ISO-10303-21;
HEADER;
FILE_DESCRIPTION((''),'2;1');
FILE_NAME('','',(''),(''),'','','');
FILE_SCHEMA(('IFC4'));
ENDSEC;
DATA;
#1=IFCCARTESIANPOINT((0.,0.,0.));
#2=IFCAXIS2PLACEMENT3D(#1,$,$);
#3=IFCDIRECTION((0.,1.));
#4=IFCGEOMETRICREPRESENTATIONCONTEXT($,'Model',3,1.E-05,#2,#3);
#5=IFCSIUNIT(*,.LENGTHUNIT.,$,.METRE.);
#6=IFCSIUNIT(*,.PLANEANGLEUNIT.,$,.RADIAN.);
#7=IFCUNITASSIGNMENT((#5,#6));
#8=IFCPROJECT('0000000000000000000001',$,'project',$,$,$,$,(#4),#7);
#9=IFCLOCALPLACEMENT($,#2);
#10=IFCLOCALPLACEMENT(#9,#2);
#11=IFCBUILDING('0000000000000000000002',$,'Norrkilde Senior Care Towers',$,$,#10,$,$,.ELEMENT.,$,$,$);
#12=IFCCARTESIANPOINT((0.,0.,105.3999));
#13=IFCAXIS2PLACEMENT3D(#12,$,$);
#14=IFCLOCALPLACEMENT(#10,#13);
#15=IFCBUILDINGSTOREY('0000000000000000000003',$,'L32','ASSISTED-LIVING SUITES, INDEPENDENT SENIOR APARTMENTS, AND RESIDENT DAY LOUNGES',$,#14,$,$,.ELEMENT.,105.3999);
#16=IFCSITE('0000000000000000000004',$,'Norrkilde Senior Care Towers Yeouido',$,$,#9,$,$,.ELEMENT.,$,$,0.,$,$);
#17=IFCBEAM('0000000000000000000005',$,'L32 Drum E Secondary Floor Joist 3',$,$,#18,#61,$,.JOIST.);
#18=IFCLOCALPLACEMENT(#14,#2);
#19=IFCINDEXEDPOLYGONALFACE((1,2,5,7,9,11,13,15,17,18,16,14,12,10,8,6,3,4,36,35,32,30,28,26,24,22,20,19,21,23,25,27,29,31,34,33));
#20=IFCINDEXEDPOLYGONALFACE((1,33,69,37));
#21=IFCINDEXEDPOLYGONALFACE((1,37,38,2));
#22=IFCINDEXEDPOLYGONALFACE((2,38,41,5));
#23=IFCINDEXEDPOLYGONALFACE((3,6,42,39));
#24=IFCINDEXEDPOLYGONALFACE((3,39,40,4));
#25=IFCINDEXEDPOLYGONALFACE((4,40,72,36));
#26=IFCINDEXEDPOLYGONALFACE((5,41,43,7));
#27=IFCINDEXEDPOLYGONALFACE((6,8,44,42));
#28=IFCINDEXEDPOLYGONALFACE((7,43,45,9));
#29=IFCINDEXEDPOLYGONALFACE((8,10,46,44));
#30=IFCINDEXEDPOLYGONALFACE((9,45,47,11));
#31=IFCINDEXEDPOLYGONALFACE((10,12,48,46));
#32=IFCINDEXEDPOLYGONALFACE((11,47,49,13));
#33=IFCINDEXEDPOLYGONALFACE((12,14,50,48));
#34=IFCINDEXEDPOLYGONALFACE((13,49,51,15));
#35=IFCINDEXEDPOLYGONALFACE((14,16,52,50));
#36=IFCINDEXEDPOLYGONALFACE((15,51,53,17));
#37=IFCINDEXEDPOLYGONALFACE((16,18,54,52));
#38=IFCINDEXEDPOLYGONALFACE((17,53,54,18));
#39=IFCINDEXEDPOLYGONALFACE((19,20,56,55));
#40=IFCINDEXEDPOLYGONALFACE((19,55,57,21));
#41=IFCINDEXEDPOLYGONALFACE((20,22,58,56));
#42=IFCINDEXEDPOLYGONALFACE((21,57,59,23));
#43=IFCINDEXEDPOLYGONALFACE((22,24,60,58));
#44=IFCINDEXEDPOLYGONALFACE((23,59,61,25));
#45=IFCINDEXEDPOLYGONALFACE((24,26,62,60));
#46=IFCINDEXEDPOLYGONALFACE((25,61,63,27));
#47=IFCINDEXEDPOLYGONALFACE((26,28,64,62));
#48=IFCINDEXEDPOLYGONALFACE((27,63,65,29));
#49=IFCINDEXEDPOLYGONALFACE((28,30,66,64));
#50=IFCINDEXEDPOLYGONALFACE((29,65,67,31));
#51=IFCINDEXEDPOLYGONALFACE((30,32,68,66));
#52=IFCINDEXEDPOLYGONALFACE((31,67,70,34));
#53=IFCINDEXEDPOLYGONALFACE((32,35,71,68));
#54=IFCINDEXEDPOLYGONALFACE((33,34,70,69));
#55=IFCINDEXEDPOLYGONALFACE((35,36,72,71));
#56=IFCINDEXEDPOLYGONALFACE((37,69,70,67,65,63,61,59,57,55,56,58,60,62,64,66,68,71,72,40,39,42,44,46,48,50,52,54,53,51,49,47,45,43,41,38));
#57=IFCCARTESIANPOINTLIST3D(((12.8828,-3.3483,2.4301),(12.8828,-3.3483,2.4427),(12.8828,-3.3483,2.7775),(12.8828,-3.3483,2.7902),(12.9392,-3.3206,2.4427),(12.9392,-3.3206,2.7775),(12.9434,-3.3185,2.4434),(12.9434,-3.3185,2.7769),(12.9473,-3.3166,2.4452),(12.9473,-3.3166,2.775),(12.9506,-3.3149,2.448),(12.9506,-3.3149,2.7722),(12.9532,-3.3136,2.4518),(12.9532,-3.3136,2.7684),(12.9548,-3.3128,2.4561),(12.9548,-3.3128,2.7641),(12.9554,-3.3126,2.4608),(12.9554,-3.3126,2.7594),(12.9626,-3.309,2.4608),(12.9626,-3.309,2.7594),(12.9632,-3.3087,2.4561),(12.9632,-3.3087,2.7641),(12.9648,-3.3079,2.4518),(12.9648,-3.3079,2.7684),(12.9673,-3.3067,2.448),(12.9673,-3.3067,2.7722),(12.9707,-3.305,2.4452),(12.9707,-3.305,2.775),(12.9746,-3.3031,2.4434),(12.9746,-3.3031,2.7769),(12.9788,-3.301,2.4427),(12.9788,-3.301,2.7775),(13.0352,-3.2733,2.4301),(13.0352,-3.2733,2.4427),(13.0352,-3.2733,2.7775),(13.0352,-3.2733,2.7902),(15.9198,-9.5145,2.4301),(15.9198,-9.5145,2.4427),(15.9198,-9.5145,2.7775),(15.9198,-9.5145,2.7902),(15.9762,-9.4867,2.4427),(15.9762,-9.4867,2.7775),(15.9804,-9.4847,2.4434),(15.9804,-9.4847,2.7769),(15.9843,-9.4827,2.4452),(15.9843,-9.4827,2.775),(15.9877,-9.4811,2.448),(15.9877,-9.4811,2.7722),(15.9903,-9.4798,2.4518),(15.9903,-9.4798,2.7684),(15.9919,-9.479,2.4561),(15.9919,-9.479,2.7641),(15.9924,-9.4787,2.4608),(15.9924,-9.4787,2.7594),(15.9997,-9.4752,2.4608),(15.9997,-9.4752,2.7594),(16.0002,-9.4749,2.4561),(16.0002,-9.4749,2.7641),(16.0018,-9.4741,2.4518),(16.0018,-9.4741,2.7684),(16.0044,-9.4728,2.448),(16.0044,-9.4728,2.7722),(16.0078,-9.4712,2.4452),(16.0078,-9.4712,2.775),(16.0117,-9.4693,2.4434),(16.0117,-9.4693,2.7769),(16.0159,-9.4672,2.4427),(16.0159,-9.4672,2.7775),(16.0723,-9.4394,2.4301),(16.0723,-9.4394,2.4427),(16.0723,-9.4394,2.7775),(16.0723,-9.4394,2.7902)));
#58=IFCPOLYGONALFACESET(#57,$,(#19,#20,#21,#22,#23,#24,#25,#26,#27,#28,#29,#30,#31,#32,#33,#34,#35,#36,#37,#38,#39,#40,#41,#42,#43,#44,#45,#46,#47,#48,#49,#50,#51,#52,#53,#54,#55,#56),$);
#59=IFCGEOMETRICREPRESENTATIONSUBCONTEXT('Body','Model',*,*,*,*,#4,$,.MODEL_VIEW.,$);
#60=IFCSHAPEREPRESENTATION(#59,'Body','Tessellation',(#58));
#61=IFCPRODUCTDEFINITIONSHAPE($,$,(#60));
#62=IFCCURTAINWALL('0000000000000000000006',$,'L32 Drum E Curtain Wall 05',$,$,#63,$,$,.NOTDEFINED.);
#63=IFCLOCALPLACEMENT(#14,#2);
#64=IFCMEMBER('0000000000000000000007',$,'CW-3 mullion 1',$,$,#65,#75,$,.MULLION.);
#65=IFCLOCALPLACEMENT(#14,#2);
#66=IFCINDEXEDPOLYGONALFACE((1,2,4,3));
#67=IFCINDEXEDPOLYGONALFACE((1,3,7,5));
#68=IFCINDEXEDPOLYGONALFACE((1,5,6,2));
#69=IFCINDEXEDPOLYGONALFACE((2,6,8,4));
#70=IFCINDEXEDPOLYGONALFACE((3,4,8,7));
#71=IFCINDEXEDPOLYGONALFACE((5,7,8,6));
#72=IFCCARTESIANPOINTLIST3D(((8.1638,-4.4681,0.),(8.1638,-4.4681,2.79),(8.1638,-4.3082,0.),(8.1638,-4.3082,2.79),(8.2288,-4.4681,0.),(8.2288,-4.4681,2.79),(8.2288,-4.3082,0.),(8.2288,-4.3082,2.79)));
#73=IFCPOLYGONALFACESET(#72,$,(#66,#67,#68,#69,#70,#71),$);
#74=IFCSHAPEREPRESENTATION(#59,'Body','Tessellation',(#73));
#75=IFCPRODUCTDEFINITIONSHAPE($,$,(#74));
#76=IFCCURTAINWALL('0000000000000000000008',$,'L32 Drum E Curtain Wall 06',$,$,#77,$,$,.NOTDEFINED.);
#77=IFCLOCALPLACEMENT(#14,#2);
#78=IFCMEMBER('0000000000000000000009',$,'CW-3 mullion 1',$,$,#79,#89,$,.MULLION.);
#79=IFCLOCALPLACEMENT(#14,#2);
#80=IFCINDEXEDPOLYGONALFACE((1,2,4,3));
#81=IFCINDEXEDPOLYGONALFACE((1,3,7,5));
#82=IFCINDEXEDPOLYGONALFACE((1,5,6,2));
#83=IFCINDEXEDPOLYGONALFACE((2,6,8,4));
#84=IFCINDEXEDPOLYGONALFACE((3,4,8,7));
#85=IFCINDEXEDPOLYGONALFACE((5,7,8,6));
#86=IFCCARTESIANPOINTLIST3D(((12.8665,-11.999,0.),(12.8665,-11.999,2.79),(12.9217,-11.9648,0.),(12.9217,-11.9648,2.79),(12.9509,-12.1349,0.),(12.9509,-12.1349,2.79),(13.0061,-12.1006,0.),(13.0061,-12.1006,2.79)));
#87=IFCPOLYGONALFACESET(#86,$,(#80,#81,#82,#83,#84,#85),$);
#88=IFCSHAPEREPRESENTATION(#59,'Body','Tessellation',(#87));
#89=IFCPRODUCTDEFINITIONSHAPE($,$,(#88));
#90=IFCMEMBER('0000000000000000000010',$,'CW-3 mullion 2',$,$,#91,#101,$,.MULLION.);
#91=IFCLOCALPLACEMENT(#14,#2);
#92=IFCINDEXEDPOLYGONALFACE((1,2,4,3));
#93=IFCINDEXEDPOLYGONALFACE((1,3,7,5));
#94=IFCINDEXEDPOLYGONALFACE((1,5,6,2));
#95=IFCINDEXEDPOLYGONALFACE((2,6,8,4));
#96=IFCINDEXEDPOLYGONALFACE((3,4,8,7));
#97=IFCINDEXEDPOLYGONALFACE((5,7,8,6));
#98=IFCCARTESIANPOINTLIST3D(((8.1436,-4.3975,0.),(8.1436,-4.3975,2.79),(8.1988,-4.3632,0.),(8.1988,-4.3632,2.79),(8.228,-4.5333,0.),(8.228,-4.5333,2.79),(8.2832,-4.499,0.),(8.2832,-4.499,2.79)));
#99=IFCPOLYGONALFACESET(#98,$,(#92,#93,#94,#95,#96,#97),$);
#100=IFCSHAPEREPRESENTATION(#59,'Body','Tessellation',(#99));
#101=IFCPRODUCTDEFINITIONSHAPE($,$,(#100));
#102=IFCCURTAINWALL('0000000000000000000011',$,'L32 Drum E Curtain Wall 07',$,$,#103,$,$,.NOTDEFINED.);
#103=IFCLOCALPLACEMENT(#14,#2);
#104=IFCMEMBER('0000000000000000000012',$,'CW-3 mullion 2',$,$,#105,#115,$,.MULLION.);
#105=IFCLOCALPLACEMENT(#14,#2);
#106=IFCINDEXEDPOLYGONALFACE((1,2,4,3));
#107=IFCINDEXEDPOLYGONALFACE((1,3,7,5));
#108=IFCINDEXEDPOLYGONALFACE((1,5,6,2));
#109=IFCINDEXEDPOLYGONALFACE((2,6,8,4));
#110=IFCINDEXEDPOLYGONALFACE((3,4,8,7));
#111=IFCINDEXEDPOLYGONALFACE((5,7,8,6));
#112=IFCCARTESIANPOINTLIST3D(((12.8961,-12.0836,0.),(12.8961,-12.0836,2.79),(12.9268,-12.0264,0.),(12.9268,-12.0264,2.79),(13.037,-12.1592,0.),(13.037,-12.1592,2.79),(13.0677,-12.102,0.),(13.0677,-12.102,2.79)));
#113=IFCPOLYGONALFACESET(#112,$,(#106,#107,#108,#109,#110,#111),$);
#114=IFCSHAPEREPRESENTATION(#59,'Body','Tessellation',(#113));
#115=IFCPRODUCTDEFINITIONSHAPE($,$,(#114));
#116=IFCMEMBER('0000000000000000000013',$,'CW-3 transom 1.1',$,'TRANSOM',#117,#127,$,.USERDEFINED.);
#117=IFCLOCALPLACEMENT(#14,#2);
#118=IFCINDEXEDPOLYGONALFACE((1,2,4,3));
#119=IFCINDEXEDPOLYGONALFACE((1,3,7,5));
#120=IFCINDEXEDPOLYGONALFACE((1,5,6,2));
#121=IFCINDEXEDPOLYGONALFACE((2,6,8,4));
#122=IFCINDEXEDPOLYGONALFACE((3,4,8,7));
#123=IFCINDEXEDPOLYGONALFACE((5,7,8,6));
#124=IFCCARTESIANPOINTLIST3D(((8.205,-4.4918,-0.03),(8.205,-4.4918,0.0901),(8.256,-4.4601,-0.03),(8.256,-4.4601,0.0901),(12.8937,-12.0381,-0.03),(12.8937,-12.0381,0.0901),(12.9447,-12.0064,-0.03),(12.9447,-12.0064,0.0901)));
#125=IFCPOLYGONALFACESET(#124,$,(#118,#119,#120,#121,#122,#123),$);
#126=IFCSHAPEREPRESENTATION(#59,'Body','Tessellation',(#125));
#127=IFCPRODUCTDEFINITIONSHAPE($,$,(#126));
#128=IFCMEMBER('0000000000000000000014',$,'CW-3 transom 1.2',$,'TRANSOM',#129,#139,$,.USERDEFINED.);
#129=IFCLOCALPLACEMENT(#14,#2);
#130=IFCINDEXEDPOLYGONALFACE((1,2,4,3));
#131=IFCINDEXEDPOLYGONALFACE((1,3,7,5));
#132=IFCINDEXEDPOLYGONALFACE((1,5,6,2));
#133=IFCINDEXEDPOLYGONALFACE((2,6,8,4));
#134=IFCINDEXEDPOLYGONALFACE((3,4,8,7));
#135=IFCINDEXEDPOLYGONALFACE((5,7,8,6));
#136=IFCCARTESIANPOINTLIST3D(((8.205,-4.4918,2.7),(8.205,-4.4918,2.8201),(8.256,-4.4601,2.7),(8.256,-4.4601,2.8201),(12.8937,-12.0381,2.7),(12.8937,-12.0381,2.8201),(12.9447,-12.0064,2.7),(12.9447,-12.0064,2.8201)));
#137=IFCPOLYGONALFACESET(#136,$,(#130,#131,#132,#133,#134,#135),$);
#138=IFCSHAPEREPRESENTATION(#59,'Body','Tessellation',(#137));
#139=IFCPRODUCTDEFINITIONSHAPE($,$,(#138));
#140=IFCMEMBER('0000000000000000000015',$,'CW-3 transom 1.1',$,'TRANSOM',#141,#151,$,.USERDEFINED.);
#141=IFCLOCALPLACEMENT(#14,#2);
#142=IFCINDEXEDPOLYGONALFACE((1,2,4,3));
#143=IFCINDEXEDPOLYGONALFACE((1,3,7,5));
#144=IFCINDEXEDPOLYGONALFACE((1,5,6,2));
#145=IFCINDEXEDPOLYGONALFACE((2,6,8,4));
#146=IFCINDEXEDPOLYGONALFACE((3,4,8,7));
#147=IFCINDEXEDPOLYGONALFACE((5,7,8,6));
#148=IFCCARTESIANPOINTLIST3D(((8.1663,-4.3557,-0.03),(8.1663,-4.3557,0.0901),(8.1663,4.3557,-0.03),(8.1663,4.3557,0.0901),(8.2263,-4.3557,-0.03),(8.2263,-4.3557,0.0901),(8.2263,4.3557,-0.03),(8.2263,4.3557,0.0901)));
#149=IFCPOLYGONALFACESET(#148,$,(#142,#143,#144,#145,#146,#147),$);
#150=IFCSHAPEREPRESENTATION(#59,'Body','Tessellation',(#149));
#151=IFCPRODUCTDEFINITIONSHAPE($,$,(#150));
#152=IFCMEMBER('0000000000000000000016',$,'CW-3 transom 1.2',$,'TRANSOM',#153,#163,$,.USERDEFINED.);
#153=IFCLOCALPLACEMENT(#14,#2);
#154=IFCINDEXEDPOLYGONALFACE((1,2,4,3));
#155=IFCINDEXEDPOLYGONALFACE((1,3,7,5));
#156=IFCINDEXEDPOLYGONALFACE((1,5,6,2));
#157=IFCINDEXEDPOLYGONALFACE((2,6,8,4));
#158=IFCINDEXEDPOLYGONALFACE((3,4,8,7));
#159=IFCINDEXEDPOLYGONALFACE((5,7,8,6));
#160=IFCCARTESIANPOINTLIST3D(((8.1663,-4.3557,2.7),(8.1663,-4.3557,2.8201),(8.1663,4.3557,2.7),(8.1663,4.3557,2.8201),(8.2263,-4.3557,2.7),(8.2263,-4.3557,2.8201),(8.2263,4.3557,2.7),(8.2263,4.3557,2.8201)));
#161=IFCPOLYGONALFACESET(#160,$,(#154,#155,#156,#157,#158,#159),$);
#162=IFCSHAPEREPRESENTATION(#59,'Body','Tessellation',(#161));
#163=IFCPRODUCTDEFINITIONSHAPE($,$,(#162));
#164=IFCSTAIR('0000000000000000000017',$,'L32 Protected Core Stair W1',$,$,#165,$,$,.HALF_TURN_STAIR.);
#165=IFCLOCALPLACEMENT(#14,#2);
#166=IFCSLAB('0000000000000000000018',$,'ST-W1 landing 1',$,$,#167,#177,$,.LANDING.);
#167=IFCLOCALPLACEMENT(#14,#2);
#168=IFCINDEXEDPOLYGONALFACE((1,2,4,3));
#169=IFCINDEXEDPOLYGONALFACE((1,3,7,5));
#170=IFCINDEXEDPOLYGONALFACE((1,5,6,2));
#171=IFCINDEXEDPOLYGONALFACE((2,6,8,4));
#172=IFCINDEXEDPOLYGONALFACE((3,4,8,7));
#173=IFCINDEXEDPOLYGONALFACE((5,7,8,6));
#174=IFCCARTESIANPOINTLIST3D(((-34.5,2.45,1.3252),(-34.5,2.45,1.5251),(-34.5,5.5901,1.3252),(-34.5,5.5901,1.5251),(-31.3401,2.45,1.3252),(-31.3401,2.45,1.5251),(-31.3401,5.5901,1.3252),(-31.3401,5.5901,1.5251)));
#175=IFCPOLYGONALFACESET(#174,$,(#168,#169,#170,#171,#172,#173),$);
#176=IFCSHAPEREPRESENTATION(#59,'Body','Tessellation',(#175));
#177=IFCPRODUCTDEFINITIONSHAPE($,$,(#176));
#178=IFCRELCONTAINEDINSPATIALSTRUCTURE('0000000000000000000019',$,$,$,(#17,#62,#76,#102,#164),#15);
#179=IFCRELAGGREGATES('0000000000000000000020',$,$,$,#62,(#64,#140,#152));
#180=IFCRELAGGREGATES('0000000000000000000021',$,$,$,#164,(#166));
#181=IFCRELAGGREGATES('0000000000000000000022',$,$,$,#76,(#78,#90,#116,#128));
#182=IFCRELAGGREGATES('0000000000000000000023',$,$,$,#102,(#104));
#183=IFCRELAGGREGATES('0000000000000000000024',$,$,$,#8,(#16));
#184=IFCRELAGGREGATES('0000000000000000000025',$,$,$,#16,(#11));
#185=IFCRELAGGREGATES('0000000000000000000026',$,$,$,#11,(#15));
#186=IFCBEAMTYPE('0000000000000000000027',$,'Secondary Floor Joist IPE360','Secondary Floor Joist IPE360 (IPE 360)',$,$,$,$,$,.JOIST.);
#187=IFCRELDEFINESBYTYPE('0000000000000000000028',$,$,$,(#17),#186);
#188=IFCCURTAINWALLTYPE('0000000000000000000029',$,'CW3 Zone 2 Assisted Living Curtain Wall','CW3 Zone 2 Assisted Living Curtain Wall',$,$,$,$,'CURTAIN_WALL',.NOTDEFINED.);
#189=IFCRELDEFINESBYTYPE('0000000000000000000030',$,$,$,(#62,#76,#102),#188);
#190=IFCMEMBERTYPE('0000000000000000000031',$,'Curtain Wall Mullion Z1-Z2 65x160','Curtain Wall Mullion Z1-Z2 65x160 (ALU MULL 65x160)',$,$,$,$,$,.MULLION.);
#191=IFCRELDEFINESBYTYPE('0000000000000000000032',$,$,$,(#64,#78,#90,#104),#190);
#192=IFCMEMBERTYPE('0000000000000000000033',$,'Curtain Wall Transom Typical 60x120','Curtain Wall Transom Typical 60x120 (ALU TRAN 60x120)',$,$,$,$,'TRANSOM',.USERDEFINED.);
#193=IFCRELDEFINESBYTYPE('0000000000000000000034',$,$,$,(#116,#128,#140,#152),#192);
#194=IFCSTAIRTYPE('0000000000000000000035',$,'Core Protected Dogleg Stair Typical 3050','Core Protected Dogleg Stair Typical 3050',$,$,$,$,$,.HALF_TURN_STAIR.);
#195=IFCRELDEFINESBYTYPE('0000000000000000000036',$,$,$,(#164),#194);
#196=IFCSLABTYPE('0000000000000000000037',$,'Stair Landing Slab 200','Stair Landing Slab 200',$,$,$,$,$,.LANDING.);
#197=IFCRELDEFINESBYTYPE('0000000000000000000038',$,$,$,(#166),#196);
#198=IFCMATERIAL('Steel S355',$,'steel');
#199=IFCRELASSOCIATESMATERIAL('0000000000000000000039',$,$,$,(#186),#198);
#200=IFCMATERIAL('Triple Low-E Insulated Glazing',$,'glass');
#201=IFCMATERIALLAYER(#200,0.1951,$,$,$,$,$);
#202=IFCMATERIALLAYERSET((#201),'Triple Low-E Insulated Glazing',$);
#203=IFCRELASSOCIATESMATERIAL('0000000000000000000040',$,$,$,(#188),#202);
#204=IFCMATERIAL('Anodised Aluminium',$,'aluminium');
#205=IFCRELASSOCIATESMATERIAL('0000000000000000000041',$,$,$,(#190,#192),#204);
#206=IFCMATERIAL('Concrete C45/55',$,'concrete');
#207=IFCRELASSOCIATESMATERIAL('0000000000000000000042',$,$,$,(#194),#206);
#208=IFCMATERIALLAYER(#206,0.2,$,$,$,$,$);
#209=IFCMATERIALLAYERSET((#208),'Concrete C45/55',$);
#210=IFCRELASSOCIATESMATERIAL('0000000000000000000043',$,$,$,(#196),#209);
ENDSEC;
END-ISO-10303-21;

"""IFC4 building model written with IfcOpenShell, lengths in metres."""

from ifc_helpers import new_model, si_unit, direction, frame, origin, origin_2d, place, context, subcontext, project, spatial, polyline, rectangle, i_section, outline, extrude, source, transform, mapped, material, layer, layer_set, material_profile, profile_set, type_object, type_shapes, element, aggregate, save


model = new_model("IFC4")

# Units and contexts
model_context = context("Model", 3, precision=1e-05, world=origin(), true_north=direction((0.0, 1.0)))
body_context = subcontext(model_context, "Body", "Model", "MODEL_VIEW")
ifc_project = project(units=[si_unit("LENGTHUNIT", "METRE"), si_unit("PLANEANGLEUNIT", "RADIAN")], contexts=[model_context])

# Site, building, storey
site_placement = place(None, origin())
site = spatial("IfcSite", under=ifc_project, at=site_placement, Name="Norrkilde Senior Care Towers Yeouido", CompositionType="ELEMENT", RefElevation=0.0)
building_placement = place(site_placement, origin())
building = spatial("IfcBuilding", under=site, at=building_placement, Name="Norrkilde Senior Care Towers", CompositionType="ELEMENT")
storey_placement = place(building_placement, frame((0.0, 0.0, 105.3999)))
storey = spatial("IfcBuildingStorey", under=building, at=storey_placement, Name="L32", Description="ASSISTED-LIVING SUITES, INDEPENDENT SENIOR APARTMENTS, AND RESIDENT DAY LOUNGES", CompositionType="ELEMENT", Elevation=105.3999)

# Beam
ifc_material_1 = material(Name="Steel S355", Category="steel")
ifc_material_profile_1 = material_profile(ifc_material_1, i_section(OverallWidth=0.1699, OverallDepth=0.3601, WebThickness=0.0081, FlangeThickness=0.0127, FilletRadius=0.0181, at=origin_2d()), Name="IPE 360")
ifc_profile_set_1 = profile_set([ifc_material_profile_1], Name="Steel S355")
beam_type_1 = type_object("IfcBeamType", Name="Secondary Floor Joist IPE360", Description="Secondary Floor Joist IPE360 (IPE 360)", PredefinedType="JOIST", material=ifc_profile_set_1)
shared_shape_1 = source(origin(), body_context, "Body", "SweptSolid", [
    extrude(i_section(OverallWidth=0.1699, OverallDepth=0.3601, WebThickness=0.0081, FlangeThickness=0.0127, FilletRadius=0.0181, at=origin_2d()), origin(), (0.0, 0.0, 1.0), 6.8735),
])
type_shapes(beam_type_1, [shared_shape_1])
beam_1_placement = place(storey_placement, frame((12.959, -3.3108, 2.6101), z_axis=(0.441849, -0.897089, 0.0), x_axis=(0.897089, 0.441849, 0.0)))
element("IfcBeam", 1, at=beam_1_placement, inside=storey, type_object=beam_type_1, Name="L32 Drum E Secondary Floor Joist 3", PredefinedType="JOIST", context=body_context, shape_type="MappedRepresentation", body=[
    mapped(shared_shape_1, transform((0.0, 0.0, 0.0), x_axis=(1.0, 0.0, 0.0), y_axis=(0.0, 1.0, 0.0), z_axis=(0.0, 0.0, 1.0), scale=1.0)),
])

# Curtain wall, member
ifc_material_2 = material(Name="Triple Low-E Insulated Glazing", Category="glass")
ifc_layer_1 = layer(ifc_material_2, 0.1951)
ifc_layer_set_1 = layer_set([ifc_layer_1], Name="Triple Low-E Insulated Glazing")
curtain_wall_type = type_object("IfcCurtainWallType", Name="CW3 Zone 2 Assisted Living Curtain Wall", Description="CW3 Zone 2 Assisted Living Curtain Wall", ElementType="CURTAIN_WALL", PredefinedType="NOTDEFINED", material=ifc_layer_set_1)
curtain_wall_1_placement = place(storey_placement, origin())
curtain_wall_1 = element("IfcCurtainWall", 2, at=curtain_wall_1_placement, inside=storey, type_object=curtain_wall_type, Name="L32 Drum E Curtain Wall 05", PredefinedType="NOTDEFINED")
ifc_material_3 = material(Name="Anodised Aluminium", Category="aluminium")
ifc_material_profile_2 = material_profile(ifc_material_3, rectangle(XDim=0.0649, YDim=0.1599, at=origin_2d()), Name="ALU MULL 65x160")
ifc_profile_set_2 = profile_set([ifc_material_profile_2], Name="Anodised Aluminium")
member_type_1 = type_object("IfcMemberType", Name="Curtain Wall Mullion Z1-Z2 65x160", Description="Curtain Wall Mullion Z1-Z2 65x160 (ALU MULL 65x160)", PredefinedType="MULLION", material=ifc_profile_set_2)
shared_shape_2 = source(origin(), body_context, "Body", "SweptSolid", [
    extrude(rectangle(XDim=0.0649, YDim=0.1599, at=origin_2d()), origin(), (0.0, 0.0, 1.0), 2.79),
])
type_shapes(member_type_1, [shared_shape_2])
member_1_placement = place(storey_placement, frame((8.1963, -4.3882, 0.0), z_axis=(0.0, 0.0, 1.0), x_axis=(-1.0, 0.0, 0.0)))
member_1 = element("IfcMember", 3, at=member_1_placement, type_object=member_type_1, Name="CW-3 mullion 1", PredefinedType="MULLION", context=body_context, shape_type="MappedRepresentation", body=[
    mapped(shared_shape_2, transform((0.0, 0.0, 0.0), x_axis=(1.0, 0.0, 0.0), y_axis=(0.0, 1.0, 0.0), z_axis=(0.0, 0.0, 1.0), scale=1.0)),
])

# Curtain wall, members
curtain_wall_2_placement = place(storey_placement, origin())
curtain_wall_2 = element("IfcCurtainWall", 4, at=curtain_wall_2_placement, inside=storey, type_object=curtain_wall_type, Name="L32 Drum E Curtain Wall 06", PredefinedType="NOTDEFINED")
member_2_placement = place(storey_placement, frame((12.9363, -12.0498, 0.0), z_axis=(0.0, 0.0, 1.0), x_axis=(-0.84941, -0.527733, 0.0)))
member_2 = element("IfcMember", 5, at=member_2_placement, type_object=member_type_1, Name="CW-3 mullion 1", PredefinedType="MULLION", context=body_context, shape_type="MappedRepresentation", body=[
    mapped(shared_shape_2, transform((0.0, 0.0, 0.0), x_axis=(1.0, 0.0, 0.0), y_axis=(0.0, 1.0, 0.0), z_axis=(0.0, 0.0, 1.0), scale=1.0)),
])
member_3_placement = place(storey_placement, frame((8.2134, -4.4482, 0.0), z_axis=(0.0, 0.0, 1.0), x_axis=(-0.84941, -0.527733, 0.0)))
member_3 = element("IfcMember", 6, at=member_3_placement, type_object=member_type_1, Name="CW-3 mullion 2", PredefinedType="MULLION", context=body_context, shape_type="MappedRepresentation", body=[
    mapped(shared_shape_2, transform((0.0, 0.0, 0.0), x_axis=(1.0, 0.0, 0.0), y_axis=(0.0, 1.0, 0.0), z_axis=(0.0, 0.0, 1.0), scale=1.0)),
])

# Curtain wall, member
curtain_wall_3_placement = place(storey_placement, origin())
curtain_wall_3 = element("IfcCurtainWall", 7, at=curtain_wall_3_placement, inside=storey, type_object=curtain_wall_type, Name="L32 Drum E Curtain Wall 07", PredefinedType="NOTDEFINED")
member_4_placement = place(storey_placement, frame((12.9819, -12.0928, 0.0), z_axis=(0.0, 0.0, 1.0), x_axis=(-0.472769, -0.881186, 0.0)))
member_4 = element("IfcMember", 8, at=member_4_placement, type_object=member_type_1, Name="CW-3 mullion 2", PredefinedType="MULLION", context=body_context, shape_type="MappedRepresentation", body=[
    mapped(shared_shape_2, transform((0.0, 0.0, 0.0), x_axis=(1.0, 0.0, 0.0), y_axis=(0.0, 1.0, 0.0), z_axis=(0.0, 0.0, 1.0), scale=1.0)),
])

# Members
ifc_material_profile_3 = material_profile(ifc_material_3, rectangle(XDim=0.0601, YDim=0.1201, at=origin_2d()), Name="ALU TRAN 60x120")
ifc_profile_set_3 = profile_set([ifc_material_profile_3], Name="Anodised Aluminium")
member_type_2 = type_object("IfcMemberType", Name="Curtain Wall Transom Typical 60x120", Description="Curtain Wall Transom Typical 60x120 (ALU TRAN 60x120)", ElementType="TRANSOM", PredefinedType="USERDEFINED", material=ifc_profile_set_3)
shared_shape_3 = source(origin(), body_context, "Body", "SweptSolid", [
    extrude(rectangle(XDim=0.0601, YDim=0.1201, at=origin_2d()), origin(), (0.0, 0.0, 1.0), 8.8843),
])
member_5_placement = place(storey_placement, frame((12.9192, -12.0222, 0.03), z_axis=(-0.527749, 0.8494, 0.0), x_axis=(-0.8494, -0.527749, 0.0)))
member_5 = element("IfcMember", 9, at=member_5_placement, type_object=member_type_2, Name="CW-3 transom 1.1", ObjectType="TRANSOM", PredefinedType="USERDEFINED", context=body_context, shape_type="MappedRepresentation", body=[
    mapped(shared_shape_3, transform((0.0, 0.0, 0.0), x_axis=(1.0, 0.0, 0.0), y_axis=(0.0, 1.0, 0.0), z_axis=(0.0, 0.0, 1.0), scale=1.0)),
])
member_6_placement = place(storey_placement, frame((12.9192, -12.0222, 2.76), z_axis=(-0.527749, 0.8494, 0.0), x_axis=(-0.8494, -0.527749, 0.0)))
member_6 = element("IfcMember", 10, at=member_6_placement, type_object=member_type_2, Name="CW-3 transom 1.2", ObjectType="TRANSOM", PredefinedType="USERDEFINED", context=body_context, shape_type="MappedRepresentation", body=[
    mapped(shared_shape_3, transform((0.0, 0.0, 0.0), x_axis=(1.0, 0.0, 0.0), y_axis=(0.0, 1.0, 0.0), z_axis=(0.0, 0.0, 1.0), scale=1.0)),
])
shared_shape_4 = source(origin(), body_context, "Body", "SweptSolid", [
    extrude(rectangle(XDim=0.0601, YDim=0.1201, at=origin_2d()), origin(), (0.0, 0.0, 1.0), 8.7114),
])
type_shapes(member_type_2, [shared_shape_3, shared_shape_4])
member_7_placement = place(storey_placement, frame((8.1963, -4.3557, 0.03), z_axis=(0.0, 1.0, 0.0), x_axis=(-1.0, 0.0, 0.0)))
member_7 = element("IfcMember", 11, at=member_7_placement, type_object=member_type_2, Name="CW-3 transom 1.1", ObjectType="TRANSOM", PredefinedType="USERDEFINED", context=body_context, shape_type="MappedRepresentation", body=[
    mapped(shared_shape_4, transform((0.0, 0.0, 0.0), x_axis=(1.0, 0.0, 0.0), y_axis=(0.0, 1.0, 0.0), z_axis=(0.0, 0.0, 1.0), scale=1.0)),
])
member_8_placement = place(storey_placement, frame((8.1963, -4.3557, 2.76), z_axis=(0.0, 1.0, 0.0), x_axis=(-1.0, 0.0, 0.0)))
member_8 = element("IfcMember", 12, at=member_8_placement, type_object=member_type_2, Name="CW-3 transom 1.2", ObjectType="TRANSOM", PredefinedType="USERDEFINED", context=body_context, shape_type="MappedRepresentation", body=[
    mapped(shared_shape_4, transform((0.0, 0.0, 0.0), x_axis=(1.0, 0.0, 0.0), y_axis=(0.0, 1.0, 0.0), z_axis=(0.0, 0.0, 1.0), scale=1.0)),
])
aggregate(curtain_wall_1, [member_1, member_7, member_8])

# Stair, slab
ifc_material_4 = material(Name="Concrete C45/55", Category="concrete")
stair_type = type_object("IfcStairType", Name="Core Protected Dogleg Stair Typical 3050", Description="Core Protected Dogleg Stair Typical 3050", PredefinedType="HALF_TURN_STAIR", material=ifc_material_4)
stair_placement = place(storey_placement, origin())
stair = element("IfcStair", 13, at=stair_placement, inside=storey, type_object=stair_type, Name="L32 Protected Core Stair W1", PredefinedType="HALF_TURN_STAIR")
ifc_layer_2 = layer(ifc_material_4, 0.2)
ifc_layer_set_2 = layer_set([ifc_layer_2], Name="Concrete C45/55")
slab_type = type_object("IfcSlabType", Name="Stair Landing Slab 200", Description="Stair Landing Slab 200", PredefinedType="LANDING", material=ifc_layer_set_2)
slab_placement = place(storey_placement, frame((0.0, 0.0, 1.3252)))
slab = element("IfcSlab", 14, at=slab_placement, type_object=slab_type, Name="ST-W1 landing 1", PredefinedType="LANDING", context=body_context, shape_type="SweptSolid", body=[
    extrude(outline(polyline([(-31.3401, 5.5901), (-34.5, 5.5901), (-34.5, 2.45), (-31.3401, 2.45), (-31.3401, 5.5901)])), origin(), (0.0, 0.0, 1.0), 0.2),
])
aggregate(stair, [slab])

aggregate(curtain_wall_2, [member_2, member_3, member_5, member_6])
aggregate(curtain_wall_3, [member_4])

save(model, "model.ifc")
